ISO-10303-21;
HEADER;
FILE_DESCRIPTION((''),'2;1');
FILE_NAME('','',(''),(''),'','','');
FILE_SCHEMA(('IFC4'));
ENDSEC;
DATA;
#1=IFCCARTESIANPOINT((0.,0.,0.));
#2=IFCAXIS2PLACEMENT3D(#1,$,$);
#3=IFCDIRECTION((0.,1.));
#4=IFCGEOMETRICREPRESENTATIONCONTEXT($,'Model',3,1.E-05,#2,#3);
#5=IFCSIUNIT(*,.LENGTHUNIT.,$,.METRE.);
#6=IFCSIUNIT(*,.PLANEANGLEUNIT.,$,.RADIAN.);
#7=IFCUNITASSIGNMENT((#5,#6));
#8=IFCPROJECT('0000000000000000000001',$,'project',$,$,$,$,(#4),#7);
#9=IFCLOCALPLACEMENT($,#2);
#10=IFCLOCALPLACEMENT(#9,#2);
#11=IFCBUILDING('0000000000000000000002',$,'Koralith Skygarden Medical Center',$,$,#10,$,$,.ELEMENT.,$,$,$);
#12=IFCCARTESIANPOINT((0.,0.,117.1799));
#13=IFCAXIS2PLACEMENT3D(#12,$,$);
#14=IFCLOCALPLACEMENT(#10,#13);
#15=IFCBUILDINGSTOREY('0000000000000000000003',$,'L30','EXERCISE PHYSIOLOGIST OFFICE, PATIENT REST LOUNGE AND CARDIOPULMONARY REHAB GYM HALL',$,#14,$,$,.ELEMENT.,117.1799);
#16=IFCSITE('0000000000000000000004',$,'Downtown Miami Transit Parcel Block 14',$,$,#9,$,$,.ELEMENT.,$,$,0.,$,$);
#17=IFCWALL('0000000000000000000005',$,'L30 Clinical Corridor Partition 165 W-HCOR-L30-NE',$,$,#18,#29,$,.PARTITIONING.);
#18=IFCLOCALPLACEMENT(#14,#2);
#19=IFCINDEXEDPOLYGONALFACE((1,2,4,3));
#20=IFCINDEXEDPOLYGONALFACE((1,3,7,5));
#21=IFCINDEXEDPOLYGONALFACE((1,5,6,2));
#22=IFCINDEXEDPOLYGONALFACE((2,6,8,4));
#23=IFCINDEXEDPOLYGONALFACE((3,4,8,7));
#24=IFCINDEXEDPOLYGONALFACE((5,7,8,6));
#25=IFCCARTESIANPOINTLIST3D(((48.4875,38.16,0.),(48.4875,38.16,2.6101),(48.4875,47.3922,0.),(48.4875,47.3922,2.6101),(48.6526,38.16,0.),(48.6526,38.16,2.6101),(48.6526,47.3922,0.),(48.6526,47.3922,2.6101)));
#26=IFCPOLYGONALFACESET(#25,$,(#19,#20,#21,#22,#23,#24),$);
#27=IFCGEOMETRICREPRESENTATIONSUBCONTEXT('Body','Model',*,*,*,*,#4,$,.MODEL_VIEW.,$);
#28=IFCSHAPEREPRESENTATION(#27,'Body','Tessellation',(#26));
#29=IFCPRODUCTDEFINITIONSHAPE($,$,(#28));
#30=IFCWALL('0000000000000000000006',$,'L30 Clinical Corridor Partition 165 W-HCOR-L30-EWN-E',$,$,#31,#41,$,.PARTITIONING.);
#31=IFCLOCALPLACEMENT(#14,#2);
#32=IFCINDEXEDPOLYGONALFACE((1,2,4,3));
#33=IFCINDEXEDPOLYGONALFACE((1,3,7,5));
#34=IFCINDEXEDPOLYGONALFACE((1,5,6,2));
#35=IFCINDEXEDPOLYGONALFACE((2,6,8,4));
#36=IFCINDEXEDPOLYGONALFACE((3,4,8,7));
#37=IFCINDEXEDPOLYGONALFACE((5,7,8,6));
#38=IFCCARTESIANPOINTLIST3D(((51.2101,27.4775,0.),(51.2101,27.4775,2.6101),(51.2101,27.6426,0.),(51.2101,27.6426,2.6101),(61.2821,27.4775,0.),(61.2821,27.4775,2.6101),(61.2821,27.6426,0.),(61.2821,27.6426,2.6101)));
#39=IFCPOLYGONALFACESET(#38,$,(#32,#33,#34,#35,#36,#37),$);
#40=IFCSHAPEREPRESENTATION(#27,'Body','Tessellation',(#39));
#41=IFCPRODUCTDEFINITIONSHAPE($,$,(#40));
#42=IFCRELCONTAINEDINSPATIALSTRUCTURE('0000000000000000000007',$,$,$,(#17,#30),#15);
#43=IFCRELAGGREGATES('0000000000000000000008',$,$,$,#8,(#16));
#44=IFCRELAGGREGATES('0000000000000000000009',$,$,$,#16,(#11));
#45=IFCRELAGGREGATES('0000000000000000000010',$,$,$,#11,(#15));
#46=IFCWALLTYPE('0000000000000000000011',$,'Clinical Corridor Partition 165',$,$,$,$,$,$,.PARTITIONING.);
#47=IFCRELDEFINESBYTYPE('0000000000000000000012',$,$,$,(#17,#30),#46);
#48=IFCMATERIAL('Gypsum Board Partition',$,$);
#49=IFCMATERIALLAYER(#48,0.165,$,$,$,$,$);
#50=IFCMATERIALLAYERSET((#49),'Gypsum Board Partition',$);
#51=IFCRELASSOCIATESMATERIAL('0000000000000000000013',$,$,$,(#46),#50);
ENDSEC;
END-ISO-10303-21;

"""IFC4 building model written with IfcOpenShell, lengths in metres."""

from ifc_helpers import new_model, si_unit, direction, frame, frame_2d, origin, place, context, subcontext, project, spatial, rectangle, extrude, material, layer, layer_set, type_object, element, save


model = new_model("IFC4")

# Units and contexts
model_context = context("Model", 3, precision=1e-05, world=origin(), true_north=direction((0.0, 1.0)))
body_context = subcontext(model_context, "Body", "Model", "MODEL_VIEW")
ifc_project = project(units=[si_unit("LENGTHUNIT", "METRE"), si_unit("PLANEANGLEUNIT", "RADIAN")], contexts=[model_context])

# Site, building, storey
site_placement = place(None, origin())
site = spatial("IfcSite", under=ifc_project, at=site_placement, Name="Downtown Miami Transit Parcel Block 14", CompositionType="ELEMENT", RefElevation=0.0)
building_placement = place(site_placement, origin())
building = spatial("IfcBuilding", under=site, at=building_placement, Name="Koralith Skygarden Medical Center", CompositionType="ELEMENT")
storey_placement = place(building_placement, frame((0.0, 0.0, 117.1799)))
storey = spatial("IfcBuildingStorey", under=building, at=storey_placement, Name="L30", Description="EXERCISE PHYSIOLOGIST OFFICE, PATIENT REST LOUNGE AND CARDIOPULMONARY REHAB GYM HALL", CompositionType="ELEMENT", Elevation=117.1799)

# Walls
ifc_material_1 = material(Name="Gypsum Board Partition")
ifc_layer_1 = layer(ifc_material_1, 0.165)
ifc_layer_set_1 = layer_set([ifc_layer_1], Name="Gypsum Board Partition")
wall_type_1 = type_object("IfcWallType", Name="Clinical Corridor Partition 165", PredefinedType="PARTITIONING", material=ifc_layer_set_1)
wall_1_placement = place(storey_placement, frame((48.5701, 38.1599, 0.0), z_axis=(0.0, 0.0, 1.0), x_axis=(0.0, 1.0, 0.0)))
element("IfcWall", 1, at=wall_1_placement, inside=storey, type_object=wall_type_1, Name="L30 Clinical Corridor Partition 165 W-HCOR-L30-NE", PredefinedType="PARTITIONING", context=body_context, shape_type="SweptSolid", body=[
    extrude(rectangle(XDim=9.2322, YDim=0.165, at=frame_2d((4.6162, 0.0))), origin(), (0.0, 0.0, 1.0), 2.6101),
])
wall_2_placement = place(storey_placement, frame((51.21, 27.5601, 0.0), z_axis=(0.0, 0.0, 1.0), x_axis=(1.0, 0.0, 0.0)))
element("IfcWall", 2, at=wall_2_placement, inside=storey, type_object=wall_type_1, Name="L30 Clinical Corridor Partition 165 W-HCOR-L30-EWN-E", PredefinedType="PARTITIONING", context=body_context, shape_type="SweptSolid", body=[
    extrude(rectangle(XDim=10.072, YDim=0.165, at=frame_2d((5.0361, 0.0))), origin(), (0.0, 0.0, 1.0), 2.6101),
])

save(model, "model.ifc")
